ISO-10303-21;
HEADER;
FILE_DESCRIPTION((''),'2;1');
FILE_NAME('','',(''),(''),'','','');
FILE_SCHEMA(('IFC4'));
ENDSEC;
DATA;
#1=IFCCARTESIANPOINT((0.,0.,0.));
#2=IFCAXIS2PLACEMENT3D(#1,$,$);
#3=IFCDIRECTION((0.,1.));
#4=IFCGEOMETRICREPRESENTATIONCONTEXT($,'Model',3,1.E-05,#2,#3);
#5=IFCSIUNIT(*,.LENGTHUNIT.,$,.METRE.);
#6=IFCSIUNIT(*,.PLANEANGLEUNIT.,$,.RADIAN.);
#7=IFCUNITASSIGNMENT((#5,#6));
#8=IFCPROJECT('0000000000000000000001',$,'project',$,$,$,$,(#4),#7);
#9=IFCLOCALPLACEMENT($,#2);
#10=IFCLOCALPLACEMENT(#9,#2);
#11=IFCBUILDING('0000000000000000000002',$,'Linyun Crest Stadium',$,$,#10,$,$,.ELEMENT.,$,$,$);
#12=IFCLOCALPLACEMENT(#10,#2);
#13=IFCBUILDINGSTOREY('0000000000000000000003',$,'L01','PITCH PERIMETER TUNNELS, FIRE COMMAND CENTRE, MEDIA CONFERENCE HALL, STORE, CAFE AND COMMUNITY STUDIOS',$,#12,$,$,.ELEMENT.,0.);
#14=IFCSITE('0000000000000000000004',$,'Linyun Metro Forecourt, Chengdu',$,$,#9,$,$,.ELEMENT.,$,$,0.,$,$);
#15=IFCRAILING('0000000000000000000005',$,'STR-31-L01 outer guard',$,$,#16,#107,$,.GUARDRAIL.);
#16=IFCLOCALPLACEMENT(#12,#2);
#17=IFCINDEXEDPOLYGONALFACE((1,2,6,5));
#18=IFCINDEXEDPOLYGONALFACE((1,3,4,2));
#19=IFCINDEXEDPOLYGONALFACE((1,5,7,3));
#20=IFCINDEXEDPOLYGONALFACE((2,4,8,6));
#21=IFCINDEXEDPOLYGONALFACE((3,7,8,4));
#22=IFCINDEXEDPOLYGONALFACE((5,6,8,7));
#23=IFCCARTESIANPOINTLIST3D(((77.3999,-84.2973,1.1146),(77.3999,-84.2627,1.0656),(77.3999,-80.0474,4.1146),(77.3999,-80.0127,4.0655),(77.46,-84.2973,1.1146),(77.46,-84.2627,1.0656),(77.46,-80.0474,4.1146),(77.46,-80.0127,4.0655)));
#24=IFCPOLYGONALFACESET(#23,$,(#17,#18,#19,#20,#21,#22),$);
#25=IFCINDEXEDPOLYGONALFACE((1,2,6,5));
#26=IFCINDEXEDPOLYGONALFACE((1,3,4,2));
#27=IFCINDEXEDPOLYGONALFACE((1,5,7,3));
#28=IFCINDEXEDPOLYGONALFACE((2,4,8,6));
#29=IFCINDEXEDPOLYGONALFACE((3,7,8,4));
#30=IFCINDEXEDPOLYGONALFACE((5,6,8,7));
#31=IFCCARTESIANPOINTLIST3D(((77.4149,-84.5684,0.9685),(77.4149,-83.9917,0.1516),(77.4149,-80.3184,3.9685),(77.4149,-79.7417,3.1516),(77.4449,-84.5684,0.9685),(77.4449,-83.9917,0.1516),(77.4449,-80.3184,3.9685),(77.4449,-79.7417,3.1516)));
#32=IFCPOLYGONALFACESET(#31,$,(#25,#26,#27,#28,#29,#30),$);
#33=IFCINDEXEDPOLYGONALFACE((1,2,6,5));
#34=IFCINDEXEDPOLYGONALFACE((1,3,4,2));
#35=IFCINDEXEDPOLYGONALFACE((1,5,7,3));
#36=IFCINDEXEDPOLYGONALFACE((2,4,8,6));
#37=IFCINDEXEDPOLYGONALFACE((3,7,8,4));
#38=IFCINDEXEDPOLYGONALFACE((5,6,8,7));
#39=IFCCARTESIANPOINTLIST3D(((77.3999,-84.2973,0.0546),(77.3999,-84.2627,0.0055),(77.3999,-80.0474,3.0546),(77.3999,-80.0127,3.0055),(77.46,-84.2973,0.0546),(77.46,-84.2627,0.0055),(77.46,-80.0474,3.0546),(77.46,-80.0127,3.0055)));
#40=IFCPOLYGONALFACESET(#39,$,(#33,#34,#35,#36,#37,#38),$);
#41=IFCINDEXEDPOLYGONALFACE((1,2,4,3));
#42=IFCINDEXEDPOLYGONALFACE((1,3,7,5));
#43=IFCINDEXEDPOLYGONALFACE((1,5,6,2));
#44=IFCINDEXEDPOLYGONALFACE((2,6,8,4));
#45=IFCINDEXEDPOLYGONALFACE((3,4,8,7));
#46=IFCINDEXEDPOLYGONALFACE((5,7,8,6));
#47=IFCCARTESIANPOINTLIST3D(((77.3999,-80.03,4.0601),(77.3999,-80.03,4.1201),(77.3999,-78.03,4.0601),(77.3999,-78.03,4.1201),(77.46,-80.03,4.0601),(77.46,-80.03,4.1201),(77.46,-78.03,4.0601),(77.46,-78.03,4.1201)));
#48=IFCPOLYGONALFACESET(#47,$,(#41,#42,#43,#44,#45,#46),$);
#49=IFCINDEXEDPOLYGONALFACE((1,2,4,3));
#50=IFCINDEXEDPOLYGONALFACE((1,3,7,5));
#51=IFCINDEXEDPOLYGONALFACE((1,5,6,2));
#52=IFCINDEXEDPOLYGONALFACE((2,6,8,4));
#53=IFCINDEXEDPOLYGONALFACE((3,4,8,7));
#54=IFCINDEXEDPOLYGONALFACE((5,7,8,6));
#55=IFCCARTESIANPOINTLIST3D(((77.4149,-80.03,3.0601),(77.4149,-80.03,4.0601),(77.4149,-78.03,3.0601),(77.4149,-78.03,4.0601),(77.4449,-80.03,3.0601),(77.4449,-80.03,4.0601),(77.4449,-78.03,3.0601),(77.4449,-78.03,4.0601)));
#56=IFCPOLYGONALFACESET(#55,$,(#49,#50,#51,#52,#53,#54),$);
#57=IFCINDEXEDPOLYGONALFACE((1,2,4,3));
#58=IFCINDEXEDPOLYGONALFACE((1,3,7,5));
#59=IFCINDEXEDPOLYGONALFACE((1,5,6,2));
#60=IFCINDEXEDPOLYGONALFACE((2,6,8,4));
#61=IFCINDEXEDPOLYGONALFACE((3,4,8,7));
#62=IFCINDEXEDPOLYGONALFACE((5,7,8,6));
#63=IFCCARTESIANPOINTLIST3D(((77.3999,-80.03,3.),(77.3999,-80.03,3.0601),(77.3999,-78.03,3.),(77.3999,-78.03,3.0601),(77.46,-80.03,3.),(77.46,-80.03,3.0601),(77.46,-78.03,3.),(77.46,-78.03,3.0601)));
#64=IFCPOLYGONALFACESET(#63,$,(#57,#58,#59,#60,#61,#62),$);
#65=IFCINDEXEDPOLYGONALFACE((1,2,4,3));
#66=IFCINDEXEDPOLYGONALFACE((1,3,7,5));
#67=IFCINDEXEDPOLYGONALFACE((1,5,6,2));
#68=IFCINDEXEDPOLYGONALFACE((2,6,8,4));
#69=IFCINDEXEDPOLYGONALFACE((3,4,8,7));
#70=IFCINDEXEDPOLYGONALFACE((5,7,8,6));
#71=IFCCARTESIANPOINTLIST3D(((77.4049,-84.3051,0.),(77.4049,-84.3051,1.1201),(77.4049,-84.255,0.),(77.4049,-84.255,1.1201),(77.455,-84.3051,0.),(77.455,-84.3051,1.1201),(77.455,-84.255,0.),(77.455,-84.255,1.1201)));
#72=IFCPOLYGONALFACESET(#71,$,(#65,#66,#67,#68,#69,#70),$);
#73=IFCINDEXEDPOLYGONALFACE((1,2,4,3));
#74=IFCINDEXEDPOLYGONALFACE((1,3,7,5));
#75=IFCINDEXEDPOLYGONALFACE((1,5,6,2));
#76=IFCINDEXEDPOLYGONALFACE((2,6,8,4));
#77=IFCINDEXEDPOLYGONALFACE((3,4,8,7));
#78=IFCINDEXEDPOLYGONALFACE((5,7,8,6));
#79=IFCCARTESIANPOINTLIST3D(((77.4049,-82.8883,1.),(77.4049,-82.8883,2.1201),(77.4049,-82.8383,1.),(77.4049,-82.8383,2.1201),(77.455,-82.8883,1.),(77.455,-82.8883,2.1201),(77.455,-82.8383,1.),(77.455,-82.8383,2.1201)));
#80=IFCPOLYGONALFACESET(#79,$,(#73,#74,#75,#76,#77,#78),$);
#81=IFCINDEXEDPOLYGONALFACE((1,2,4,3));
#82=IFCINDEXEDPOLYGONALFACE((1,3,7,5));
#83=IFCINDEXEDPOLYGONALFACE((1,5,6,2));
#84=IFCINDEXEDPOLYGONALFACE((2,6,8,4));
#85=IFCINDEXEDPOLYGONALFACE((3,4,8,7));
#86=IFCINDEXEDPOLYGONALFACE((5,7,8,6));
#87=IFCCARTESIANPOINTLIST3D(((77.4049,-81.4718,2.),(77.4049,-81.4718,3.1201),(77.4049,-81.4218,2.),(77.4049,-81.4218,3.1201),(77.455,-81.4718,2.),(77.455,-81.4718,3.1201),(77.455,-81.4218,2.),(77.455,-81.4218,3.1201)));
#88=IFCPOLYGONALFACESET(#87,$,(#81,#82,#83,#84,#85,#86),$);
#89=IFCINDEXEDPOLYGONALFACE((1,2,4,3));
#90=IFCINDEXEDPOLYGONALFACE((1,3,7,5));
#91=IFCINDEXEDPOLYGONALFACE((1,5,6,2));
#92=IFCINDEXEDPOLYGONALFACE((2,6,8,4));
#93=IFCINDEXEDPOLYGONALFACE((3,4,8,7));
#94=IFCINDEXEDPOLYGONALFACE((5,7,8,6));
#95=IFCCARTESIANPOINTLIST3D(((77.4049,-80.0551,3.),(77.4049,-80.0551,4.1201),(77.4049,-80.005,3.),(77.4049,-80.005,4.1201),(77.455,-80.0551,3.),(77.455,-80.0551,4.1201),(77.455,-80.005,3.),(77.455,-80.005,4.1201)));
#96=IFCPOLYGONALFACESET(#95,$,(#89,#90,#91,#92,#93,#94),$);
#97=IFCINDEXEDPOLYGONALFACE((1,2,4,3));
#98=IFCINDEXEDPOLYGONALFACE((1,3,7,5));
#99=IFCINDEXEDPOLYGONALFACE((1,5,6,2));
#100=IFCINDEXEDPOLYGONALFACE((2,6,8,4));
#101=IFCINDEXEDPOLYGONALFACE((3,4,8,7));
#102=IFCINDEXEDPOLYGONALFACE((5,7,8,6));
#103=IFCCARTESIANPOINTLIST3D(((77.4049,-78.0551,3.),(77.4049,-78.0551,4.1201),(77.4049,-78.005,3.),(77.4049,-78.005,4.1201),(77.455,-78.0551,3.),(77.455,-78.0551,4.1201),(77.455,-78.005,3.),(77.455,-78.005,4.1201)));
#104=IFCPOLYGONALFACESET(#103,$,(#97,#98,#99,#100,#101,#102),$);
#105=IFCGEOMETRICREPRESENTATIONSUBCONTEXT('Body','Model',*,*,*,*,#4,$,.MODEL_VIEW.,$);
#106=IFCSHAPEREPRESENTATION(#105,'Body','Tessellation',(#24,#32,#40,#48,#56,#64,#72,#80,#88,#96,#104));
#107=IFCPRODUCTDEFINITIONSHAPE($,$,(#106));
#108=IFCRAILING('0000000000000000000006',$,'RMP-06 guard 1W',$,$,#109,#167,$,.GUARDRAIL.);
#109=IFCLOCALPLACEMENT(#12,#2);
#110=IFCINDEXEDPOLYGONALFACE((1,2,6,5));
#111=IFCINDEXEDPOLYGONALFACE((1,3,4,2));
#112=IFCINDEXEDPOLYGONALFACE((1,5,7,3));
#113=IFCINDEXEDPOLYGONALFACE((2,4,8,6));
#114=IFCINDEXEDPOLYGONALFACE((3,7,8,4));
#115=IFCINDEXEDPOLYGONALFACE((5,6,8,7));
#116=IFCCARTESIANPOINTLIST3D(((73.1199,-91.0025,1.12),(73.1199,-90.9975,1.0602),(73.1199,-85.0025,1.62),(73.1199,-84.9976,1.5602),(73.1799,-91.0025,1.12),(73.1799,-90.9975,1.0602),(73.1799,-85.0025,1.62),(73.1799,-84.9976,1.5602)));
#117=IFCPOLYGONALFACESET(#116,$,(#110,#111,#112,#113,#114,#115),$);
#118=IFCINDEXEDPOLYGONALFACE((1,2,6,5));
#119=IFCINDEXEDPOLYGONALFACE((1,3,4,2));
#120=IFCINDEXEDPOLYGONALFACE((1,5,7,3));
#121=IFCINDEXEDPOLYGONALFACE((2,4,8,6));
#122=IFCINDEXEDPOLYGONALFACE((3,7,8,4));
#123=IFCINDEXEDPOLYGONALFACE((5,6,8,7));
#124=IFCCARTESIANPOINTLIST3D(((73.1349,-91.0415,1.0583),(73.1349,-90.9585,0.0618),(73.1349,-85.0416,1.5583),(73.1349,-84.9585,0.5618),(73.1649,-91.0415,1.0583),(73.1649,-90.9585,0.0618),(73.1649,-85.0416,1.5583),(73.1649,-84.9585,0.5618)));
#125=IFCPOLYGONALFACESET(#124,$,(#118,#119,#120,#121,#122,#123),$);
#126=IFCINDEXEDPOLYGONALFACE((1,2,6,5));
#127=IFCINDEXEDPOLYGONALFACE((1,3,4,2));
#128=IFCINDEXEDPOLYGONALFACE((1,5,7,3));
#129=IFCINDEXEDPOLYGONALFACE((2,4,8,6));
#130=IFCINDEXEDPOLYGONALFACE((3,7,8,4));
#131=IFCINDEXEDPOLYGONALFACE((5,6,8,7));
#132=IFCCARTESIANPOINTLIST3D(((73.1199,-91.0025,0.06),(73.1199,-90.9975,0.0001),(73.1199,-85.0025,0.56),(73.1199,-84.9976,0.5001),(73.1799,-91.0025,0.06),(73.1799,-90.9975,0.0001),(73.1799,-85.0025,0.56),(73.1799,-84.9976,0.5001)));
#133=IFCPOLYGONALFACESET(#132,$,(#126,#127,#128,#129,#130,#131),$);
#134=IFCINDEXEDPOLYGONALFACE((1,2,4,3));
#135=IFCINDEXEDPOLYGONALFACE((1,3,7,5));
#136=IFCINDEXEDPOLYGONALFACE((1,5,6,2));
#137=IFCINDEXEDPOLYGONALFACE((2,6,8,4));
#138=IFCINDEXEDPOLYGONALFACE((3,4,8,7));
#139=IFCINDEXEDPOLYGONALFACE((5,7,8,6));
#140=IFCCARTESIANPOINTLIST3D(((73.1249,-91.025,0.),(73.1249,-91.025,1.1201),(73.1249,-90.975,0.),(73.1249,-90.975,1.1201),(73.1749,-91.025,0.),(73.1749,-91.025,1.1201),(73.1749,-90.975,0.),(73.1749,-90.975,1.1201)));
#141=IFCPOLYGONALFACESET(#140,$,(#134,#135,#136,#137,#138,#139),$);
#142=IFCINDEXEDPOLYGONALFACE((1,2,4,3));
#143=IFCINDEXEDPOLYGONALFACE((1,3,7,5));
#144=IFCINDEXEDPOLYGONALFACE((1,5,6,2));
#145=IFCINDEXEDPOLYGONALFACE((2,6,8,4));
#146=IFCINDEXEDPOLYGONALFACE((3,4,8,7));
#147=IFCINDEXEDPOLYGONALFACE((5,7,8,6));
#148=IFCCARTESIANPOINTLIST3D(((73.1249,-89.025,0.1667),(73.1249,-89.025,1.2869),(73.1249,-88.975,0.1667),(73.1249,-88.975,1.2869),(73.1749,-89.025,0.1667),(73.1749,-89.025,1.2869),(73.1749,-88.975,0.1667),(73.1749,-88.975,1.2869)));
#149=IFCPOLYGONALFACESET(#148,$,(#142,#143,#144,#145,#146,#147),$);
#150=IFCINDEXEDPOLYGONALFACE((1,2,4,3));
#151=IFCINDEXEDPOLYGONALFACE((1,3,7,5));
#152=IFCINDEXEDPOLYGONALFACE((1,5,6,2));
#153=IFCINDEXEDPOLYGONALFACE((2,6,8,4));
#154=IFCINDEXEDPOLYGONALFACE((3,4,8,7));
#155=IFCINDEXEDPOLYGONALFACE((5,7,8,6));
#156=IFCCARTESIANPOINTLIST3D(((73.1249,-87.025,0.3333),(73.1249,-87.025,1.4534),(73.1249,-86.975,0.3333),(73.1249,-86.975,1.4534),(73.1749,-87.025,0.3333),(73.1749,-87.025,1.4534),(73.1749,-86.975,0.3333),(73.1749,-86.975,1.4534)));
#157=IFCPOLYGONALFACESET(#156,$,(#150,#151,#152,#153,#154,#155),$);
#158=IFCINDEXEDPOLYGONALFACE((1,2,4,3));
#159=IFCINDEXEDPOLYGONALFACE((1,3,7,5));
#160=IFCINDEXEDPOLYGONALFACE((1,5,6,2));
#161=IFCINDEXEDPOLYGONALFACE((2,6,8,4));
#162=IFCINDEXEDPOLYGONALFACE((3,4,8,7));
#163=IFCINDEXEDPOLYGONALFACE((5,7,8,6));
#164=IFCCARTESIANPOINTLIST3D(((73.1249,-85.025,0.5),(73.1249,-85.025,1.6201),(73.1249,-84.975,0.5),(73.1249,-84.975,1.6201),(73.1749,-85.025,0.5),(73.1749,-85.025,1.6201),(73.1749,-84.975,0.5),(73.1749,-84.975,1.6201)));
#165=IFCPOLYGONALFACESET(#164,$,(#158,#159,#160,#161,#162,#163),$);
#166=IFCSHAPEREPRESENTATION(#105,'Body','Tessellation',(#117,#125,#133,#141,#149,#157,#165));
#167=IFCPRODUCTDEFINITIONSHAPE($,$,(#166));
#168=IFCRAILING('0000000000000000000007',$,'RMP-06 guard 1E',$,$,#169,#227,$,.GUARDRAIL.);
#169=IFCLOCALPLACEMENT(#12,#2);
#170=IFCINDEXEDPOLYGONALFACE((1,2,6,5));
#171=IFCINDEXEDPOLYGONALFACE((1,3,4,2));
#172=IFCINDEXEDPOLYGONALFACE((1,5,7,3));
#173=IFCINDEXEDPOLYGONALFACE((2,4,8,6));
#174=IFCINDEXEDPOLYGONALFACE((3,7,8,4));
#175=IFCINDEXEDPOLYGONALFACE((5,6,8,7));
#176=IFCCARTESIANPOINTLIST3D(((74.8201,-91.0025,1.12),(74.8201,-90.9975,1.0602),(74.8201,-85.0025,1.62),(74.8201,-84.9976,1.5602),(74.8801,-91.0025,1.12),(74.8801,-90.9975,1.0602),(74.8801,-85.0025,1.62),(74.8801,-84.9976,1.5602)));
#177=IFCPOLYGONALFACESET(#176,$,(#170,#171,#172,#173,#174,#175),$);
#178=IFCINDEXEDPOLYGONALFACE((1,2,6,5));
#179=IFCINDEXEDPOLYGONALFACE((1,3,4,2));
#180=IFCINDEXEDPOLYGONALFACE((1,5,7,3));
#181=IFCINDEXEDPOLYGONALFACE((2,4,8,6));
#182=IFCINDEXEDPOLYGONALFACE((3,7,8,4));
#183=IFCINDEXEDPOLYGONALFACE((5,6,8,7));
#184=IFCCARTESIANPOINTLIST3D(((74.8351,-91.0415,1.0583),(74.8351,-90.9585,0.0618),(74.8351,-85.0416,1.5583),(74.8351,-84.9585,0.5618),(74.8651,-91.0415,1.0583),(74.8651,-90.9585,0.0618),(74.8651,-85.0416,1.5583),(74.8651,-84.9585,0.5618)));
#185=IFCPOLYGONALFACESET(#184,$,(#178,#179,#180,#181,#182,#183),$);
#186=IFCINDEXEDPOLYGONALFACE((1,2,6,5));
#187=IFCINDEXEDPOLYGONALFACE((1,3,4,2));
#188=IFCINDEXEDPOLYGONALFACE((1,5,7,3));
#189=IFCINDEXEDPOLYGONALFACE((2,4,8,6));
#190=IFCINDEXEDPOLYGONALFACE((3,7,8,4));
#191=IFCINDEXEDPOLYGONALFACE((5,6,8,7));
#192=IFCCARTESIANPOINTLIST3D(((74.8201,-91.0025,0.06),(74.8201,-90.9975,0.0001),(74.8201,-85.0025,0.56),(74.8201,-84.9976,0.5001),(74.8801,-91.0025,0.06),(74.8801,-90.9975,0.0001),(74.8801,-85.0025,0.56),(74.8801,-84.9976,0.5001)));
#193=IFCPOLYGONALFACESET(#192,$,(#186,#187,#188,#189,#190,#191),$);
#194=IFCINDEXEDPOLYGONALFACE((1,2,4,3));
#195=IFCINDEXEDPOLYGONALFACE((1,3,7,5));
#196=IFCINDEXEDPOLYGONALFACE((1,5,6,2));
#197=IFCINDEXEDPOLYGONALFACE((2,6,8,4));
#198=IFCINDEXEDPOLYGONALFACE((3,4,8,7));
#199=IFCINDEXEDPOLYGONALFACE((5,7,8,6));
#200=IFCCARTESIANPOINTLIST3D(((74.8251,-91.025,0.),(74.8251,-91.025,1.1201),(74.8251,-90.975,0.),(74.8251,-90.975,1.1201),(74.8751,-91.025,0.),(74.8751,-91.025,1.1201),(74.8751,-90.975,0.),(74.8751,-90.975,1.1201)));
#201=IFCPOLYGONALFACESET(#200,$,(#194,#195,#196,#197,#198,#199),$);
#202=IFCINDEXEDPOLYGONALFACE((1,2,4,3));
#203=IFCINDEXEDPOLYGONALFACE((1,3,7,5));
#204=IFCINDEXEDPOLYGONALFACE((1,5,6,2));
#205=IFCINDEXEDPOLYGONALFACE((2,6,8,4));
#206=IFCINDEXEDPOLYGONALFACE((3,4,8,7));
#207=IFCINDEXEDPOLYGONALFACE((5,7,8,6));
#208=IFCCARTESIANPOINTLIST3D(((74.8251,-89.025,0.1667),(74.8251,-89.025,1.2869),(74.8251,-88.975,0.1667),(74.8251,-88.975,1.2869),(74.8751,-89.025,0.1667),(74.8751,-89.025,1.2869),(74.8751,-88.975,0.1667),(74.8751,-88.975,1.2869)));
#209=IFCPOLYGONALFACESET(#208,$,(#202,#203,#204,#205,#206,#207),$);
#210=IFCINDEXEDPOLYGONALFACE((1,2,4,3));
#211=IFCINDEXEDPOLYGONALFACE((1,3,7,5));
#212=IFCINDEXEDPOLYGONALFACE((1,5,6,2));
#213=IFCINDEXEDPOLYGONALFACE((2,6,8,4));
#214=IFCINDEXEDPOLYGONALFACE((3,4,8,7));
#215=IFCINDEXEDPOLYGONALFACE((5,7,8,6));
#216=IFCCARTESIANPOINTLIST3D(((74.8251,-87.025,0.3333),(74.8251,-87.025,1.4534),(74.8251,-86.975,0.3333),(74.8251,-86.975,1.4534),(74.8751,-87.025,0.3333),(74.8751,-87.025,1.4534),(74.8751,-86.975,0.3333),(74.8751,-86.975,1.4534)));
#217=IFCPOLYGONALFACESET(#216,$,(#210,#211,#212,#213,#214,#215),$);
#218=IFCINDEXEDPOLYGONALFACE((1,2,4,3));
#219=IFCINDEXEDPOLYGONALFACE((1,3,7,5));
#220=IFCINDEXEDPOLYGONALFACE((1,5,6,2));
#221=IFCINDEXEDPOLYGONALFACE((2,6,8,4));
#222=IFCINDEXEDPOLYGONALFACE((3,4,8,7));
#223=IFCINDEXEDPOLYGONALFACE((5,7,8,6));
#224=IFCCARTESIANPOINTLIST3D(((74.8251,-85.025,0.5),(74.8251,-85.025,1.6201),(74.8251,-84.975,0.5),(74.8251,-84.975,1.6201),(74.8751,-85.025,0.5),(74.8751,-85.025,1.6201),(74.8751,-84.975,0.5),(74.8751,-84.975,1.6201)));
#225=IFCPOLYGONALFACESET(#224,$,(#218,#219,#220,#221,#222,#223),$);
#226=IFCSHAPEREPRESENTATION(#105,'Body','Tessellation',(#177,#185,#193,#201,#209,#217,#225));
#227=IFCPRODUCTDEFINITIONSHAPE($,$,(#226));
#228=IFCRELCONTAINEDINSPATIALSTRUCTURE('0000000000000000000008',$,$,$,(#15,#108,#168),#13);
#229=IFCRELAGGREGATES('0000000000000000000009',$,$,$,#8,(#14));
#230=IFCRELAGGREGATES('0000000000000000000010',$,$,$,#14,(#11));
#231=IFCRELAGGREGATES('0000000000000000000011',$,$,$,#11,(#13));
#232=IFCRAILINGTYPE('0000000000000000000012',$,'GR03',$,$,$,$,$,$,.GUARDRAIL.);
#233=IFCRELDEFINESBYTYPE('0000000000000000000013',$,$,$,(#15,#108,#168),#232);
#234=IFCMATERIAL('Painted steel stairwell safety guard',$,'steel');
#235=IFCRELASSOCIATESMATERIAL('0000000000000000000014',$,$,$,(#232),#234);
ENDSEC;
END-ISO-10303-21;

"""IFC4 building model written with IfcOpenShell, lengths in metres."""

from ifc_helpers import new_model, si_unit, direction, frame, origin, origin_2d, place, context, subcontext, project, spatial, rectangle, extrude, material, type_object, element, save


model = new_model("IFC4")

# Units and contexts
model_context = context("Model", 3, precision=1e-05, world=origin(), true_north=direction((0.0, 1.0)))
body_context = subcontext(model_context, "Body", "Model", "MODEL_VIEW")
ifc_project = project(units=[si_unit("LENGTHUNIT", "METRE"), si_unit("PLANEANGLEUNIT", "RADIAN")], contexts=[model_context])

# Site, building, storey
site_placement = place(None, origin())
site = spatial("IfcSite", under=ifc_project, at=site_placement, Name="Linyun Metro Forecourt, Chengdu", CompositionType="ELEMENT", RefElevation=0.0)
building_placement = place(site_placement, origin())
building = spatial("IfcBuilding", under=site, at=building_placement, Name="Linyun Crest Stadium", CompositionType="ELEMENT")
storey_placement = place(building_placement, origin())
storey = spatial("IfcBuildingStorey", under=building, at=storey_placement, Name="L01", Description="PITCH PERIMETER TUNNELS, FIRE COMMAND CENTRE, MEDIA CONFERENCE HALL, STORE, CAFE AND COMMUNITY STUDIOS", CompositionType="ELEMENT", Elevation=0.0)

# Railings
ifc_material_1 = material(Name="Painted steel stairwell safety guard", Category="steel")
railing_type_1 = type_object("IfcRailingType", Name="GR03", PredefinedType="GUARDRAIL", material=ifc_material_1)
railing_1_placement = place(storey_placement, frame((77.4299, -84.28, 0.0)))
element("IfcRailing", 1, at=railing_1_placement, inside=storey, type_object=railing_type_1, Name="STR-31-L01 outer guard", PredefinedType="GUARDRAIL", context=body_context, shape_type="SweptSolid", body=[
    extrude(rectangle(XDim=0.0601, YDim=0.0601, at=origin_2d()), frame((0.0, 0.0, 1.0901), z_axis=(0.0, 0.816968, 0.576683), x_axis=(-1.0, 0.0, 0.0)), (0.0, 0.0, 1.0), 5.2021),
    extrude(rectangle(XDim=0.03, YDim=1.0, at=origin_2d()), frame((0.0, 0.0, 0.5601), z_axis=(0.0, 0.816968, 0.576683), x_axis=(-1.0, 0.0, 0.0)), (0.0, 0.0, 1.0), 5.2021),
    extrude(rectangle(XDim=0.0601, YDim=0.0601, at=origin_2d()), frame((0.0, 0.0, 0.03), z_axis=(0.0, 0.816968, 0.576683), x_axis=(-1.0, 0.0, 0.0)), (0.0, 0.0, 1.0), 5.2021),
    extrude(rectangle(XDim=0.0601, YDim=0.0601, at=origin_2d()), frame((0.0, 4.25, 4.0901), z_axis=(0.0, 1.0, 0.0), x_axis=(-1.0, 0.0, 0.0)), (0.0, 0.0, 1.0), 2.0),
    extrude(rectangle(XDim=0.03, YDim=1.0, at=origin_2d()), frame((0.0, 4.25, 3.5601), z_axis=(0.0, 1.0, 0.0), x_axis=(-1.0, 0.0, 0.0)), (0.0, 0.0, 1.0), 2.0),
    extrude(rectangle(XDim=0.0601, YDim=0.0601, at=origin_2d()), frame((0.0, 4.25, 3.03), z_axis=(0.0, 1.0, 0.0), x_axis=(-1.0, 0.0, 0.0)), (0.0, 0.0, 1.0), 2.0),
    extrude(rectangle(XDim=0.05, YDim=0.05, at=origin_2d()), origin(), (0.0, 0.0, 1.0), 1.1201),
    extrude(rectangle(XDim=0.05, YDim=0.05, at=origin_2d()), frame((0.0, 1.4167, 1.0)), (0.0, 0.0, 1.0), 1.1201),
    extrude(rectangle(XDim=0.05, YDim=0.05, at=origin_2d()), frame((0.0, 2.8333, 2.0)), (0.0, 0.0, 1.0), 1.1201),
    extrude(rectangle(XDim=0.05, YDim=0.05, at=origin_2d()), frame((0.0, 4.25, 3.0)), (0.0, 0.0, 1.0), 1.1201),
    extrude(rectangle(XDim=0.05, YDim=0.05, at=origin_2d()), frame((0.0, 6.25, 3.0)), (0.0, 0.0, 1.0), 1.1201),
])
for number, where, name in (
    (2, (73.1499, -91.0, 0.0), "RMP-06 guard 1W"),
    (3, (74.8501, -91.0, 0.0), "RMP-06 guard 1E"),
):
    element("IfcRailing", number, at=place(storey_placement, frame(where)), inside=storey, type_object=railing_type_1, Name=name, PredefinedType="GUARDRAIL", context=body_context, shape_type="SweptSolid", body=[
        extrude(rectangle(XDim=0.0601, YDim=0.0601, at=origin_2d()), frame((0.0, 0.0, 1.0901), z_axis=(0.0, 0.996546, 0.083045), x_axis=(-1.0, 0.0, 0.0)), (0.0, 0.0, 1.0), 6.0208),
        extrude(rectangle(XDim=0.03, YDim=1.0, at=origin_2d()), frame((0.0, 0.0, 0.5601), z_axis=(0.0, 0.996546, 0.083045), x_axis=(-1.0, 0.0, 0.0)), (0.0, 0.0, 1.0), 6.0208),
        extrude(rectangle(XDim=0.0601, YDim=0.0601, at=origin_2d()), frame((0.0, 0.0, 0.03), z_axis=(0.0, 0.996546, 0.083045), x_axis=(-1.0, 0.0, 0.0)), (0.0, 0.0, 1.0), 6.0208),
        extrude(rectangle(XDim=0.05, YDim=0.05, at=origin_2d()), origin(), (0.0, 0.0, 1.0), 1.1201),
        extrude(rectangle(XDim=0.05, YDim=0.05, at=origin_2d()), frame((0.0, 2.0, 0.1667)), (0.0, 0.0, 1.0), 1.1201),
        extrude(rectangle(XDim=0.05, YDim=0.05, at=origin_2d()), frame((0.0, 4.0, 0.3333)), (0.0, 0.0, 1.0), 1.1201),
        extrude(rectangle(XDim=0.05, YDim=0.05, at=origin_2d()), frame((0.0, 6.0, 0.5)), (0.0, 0.0, 1.0), 1.1201),
    ])

save(model, "model.ifc")
